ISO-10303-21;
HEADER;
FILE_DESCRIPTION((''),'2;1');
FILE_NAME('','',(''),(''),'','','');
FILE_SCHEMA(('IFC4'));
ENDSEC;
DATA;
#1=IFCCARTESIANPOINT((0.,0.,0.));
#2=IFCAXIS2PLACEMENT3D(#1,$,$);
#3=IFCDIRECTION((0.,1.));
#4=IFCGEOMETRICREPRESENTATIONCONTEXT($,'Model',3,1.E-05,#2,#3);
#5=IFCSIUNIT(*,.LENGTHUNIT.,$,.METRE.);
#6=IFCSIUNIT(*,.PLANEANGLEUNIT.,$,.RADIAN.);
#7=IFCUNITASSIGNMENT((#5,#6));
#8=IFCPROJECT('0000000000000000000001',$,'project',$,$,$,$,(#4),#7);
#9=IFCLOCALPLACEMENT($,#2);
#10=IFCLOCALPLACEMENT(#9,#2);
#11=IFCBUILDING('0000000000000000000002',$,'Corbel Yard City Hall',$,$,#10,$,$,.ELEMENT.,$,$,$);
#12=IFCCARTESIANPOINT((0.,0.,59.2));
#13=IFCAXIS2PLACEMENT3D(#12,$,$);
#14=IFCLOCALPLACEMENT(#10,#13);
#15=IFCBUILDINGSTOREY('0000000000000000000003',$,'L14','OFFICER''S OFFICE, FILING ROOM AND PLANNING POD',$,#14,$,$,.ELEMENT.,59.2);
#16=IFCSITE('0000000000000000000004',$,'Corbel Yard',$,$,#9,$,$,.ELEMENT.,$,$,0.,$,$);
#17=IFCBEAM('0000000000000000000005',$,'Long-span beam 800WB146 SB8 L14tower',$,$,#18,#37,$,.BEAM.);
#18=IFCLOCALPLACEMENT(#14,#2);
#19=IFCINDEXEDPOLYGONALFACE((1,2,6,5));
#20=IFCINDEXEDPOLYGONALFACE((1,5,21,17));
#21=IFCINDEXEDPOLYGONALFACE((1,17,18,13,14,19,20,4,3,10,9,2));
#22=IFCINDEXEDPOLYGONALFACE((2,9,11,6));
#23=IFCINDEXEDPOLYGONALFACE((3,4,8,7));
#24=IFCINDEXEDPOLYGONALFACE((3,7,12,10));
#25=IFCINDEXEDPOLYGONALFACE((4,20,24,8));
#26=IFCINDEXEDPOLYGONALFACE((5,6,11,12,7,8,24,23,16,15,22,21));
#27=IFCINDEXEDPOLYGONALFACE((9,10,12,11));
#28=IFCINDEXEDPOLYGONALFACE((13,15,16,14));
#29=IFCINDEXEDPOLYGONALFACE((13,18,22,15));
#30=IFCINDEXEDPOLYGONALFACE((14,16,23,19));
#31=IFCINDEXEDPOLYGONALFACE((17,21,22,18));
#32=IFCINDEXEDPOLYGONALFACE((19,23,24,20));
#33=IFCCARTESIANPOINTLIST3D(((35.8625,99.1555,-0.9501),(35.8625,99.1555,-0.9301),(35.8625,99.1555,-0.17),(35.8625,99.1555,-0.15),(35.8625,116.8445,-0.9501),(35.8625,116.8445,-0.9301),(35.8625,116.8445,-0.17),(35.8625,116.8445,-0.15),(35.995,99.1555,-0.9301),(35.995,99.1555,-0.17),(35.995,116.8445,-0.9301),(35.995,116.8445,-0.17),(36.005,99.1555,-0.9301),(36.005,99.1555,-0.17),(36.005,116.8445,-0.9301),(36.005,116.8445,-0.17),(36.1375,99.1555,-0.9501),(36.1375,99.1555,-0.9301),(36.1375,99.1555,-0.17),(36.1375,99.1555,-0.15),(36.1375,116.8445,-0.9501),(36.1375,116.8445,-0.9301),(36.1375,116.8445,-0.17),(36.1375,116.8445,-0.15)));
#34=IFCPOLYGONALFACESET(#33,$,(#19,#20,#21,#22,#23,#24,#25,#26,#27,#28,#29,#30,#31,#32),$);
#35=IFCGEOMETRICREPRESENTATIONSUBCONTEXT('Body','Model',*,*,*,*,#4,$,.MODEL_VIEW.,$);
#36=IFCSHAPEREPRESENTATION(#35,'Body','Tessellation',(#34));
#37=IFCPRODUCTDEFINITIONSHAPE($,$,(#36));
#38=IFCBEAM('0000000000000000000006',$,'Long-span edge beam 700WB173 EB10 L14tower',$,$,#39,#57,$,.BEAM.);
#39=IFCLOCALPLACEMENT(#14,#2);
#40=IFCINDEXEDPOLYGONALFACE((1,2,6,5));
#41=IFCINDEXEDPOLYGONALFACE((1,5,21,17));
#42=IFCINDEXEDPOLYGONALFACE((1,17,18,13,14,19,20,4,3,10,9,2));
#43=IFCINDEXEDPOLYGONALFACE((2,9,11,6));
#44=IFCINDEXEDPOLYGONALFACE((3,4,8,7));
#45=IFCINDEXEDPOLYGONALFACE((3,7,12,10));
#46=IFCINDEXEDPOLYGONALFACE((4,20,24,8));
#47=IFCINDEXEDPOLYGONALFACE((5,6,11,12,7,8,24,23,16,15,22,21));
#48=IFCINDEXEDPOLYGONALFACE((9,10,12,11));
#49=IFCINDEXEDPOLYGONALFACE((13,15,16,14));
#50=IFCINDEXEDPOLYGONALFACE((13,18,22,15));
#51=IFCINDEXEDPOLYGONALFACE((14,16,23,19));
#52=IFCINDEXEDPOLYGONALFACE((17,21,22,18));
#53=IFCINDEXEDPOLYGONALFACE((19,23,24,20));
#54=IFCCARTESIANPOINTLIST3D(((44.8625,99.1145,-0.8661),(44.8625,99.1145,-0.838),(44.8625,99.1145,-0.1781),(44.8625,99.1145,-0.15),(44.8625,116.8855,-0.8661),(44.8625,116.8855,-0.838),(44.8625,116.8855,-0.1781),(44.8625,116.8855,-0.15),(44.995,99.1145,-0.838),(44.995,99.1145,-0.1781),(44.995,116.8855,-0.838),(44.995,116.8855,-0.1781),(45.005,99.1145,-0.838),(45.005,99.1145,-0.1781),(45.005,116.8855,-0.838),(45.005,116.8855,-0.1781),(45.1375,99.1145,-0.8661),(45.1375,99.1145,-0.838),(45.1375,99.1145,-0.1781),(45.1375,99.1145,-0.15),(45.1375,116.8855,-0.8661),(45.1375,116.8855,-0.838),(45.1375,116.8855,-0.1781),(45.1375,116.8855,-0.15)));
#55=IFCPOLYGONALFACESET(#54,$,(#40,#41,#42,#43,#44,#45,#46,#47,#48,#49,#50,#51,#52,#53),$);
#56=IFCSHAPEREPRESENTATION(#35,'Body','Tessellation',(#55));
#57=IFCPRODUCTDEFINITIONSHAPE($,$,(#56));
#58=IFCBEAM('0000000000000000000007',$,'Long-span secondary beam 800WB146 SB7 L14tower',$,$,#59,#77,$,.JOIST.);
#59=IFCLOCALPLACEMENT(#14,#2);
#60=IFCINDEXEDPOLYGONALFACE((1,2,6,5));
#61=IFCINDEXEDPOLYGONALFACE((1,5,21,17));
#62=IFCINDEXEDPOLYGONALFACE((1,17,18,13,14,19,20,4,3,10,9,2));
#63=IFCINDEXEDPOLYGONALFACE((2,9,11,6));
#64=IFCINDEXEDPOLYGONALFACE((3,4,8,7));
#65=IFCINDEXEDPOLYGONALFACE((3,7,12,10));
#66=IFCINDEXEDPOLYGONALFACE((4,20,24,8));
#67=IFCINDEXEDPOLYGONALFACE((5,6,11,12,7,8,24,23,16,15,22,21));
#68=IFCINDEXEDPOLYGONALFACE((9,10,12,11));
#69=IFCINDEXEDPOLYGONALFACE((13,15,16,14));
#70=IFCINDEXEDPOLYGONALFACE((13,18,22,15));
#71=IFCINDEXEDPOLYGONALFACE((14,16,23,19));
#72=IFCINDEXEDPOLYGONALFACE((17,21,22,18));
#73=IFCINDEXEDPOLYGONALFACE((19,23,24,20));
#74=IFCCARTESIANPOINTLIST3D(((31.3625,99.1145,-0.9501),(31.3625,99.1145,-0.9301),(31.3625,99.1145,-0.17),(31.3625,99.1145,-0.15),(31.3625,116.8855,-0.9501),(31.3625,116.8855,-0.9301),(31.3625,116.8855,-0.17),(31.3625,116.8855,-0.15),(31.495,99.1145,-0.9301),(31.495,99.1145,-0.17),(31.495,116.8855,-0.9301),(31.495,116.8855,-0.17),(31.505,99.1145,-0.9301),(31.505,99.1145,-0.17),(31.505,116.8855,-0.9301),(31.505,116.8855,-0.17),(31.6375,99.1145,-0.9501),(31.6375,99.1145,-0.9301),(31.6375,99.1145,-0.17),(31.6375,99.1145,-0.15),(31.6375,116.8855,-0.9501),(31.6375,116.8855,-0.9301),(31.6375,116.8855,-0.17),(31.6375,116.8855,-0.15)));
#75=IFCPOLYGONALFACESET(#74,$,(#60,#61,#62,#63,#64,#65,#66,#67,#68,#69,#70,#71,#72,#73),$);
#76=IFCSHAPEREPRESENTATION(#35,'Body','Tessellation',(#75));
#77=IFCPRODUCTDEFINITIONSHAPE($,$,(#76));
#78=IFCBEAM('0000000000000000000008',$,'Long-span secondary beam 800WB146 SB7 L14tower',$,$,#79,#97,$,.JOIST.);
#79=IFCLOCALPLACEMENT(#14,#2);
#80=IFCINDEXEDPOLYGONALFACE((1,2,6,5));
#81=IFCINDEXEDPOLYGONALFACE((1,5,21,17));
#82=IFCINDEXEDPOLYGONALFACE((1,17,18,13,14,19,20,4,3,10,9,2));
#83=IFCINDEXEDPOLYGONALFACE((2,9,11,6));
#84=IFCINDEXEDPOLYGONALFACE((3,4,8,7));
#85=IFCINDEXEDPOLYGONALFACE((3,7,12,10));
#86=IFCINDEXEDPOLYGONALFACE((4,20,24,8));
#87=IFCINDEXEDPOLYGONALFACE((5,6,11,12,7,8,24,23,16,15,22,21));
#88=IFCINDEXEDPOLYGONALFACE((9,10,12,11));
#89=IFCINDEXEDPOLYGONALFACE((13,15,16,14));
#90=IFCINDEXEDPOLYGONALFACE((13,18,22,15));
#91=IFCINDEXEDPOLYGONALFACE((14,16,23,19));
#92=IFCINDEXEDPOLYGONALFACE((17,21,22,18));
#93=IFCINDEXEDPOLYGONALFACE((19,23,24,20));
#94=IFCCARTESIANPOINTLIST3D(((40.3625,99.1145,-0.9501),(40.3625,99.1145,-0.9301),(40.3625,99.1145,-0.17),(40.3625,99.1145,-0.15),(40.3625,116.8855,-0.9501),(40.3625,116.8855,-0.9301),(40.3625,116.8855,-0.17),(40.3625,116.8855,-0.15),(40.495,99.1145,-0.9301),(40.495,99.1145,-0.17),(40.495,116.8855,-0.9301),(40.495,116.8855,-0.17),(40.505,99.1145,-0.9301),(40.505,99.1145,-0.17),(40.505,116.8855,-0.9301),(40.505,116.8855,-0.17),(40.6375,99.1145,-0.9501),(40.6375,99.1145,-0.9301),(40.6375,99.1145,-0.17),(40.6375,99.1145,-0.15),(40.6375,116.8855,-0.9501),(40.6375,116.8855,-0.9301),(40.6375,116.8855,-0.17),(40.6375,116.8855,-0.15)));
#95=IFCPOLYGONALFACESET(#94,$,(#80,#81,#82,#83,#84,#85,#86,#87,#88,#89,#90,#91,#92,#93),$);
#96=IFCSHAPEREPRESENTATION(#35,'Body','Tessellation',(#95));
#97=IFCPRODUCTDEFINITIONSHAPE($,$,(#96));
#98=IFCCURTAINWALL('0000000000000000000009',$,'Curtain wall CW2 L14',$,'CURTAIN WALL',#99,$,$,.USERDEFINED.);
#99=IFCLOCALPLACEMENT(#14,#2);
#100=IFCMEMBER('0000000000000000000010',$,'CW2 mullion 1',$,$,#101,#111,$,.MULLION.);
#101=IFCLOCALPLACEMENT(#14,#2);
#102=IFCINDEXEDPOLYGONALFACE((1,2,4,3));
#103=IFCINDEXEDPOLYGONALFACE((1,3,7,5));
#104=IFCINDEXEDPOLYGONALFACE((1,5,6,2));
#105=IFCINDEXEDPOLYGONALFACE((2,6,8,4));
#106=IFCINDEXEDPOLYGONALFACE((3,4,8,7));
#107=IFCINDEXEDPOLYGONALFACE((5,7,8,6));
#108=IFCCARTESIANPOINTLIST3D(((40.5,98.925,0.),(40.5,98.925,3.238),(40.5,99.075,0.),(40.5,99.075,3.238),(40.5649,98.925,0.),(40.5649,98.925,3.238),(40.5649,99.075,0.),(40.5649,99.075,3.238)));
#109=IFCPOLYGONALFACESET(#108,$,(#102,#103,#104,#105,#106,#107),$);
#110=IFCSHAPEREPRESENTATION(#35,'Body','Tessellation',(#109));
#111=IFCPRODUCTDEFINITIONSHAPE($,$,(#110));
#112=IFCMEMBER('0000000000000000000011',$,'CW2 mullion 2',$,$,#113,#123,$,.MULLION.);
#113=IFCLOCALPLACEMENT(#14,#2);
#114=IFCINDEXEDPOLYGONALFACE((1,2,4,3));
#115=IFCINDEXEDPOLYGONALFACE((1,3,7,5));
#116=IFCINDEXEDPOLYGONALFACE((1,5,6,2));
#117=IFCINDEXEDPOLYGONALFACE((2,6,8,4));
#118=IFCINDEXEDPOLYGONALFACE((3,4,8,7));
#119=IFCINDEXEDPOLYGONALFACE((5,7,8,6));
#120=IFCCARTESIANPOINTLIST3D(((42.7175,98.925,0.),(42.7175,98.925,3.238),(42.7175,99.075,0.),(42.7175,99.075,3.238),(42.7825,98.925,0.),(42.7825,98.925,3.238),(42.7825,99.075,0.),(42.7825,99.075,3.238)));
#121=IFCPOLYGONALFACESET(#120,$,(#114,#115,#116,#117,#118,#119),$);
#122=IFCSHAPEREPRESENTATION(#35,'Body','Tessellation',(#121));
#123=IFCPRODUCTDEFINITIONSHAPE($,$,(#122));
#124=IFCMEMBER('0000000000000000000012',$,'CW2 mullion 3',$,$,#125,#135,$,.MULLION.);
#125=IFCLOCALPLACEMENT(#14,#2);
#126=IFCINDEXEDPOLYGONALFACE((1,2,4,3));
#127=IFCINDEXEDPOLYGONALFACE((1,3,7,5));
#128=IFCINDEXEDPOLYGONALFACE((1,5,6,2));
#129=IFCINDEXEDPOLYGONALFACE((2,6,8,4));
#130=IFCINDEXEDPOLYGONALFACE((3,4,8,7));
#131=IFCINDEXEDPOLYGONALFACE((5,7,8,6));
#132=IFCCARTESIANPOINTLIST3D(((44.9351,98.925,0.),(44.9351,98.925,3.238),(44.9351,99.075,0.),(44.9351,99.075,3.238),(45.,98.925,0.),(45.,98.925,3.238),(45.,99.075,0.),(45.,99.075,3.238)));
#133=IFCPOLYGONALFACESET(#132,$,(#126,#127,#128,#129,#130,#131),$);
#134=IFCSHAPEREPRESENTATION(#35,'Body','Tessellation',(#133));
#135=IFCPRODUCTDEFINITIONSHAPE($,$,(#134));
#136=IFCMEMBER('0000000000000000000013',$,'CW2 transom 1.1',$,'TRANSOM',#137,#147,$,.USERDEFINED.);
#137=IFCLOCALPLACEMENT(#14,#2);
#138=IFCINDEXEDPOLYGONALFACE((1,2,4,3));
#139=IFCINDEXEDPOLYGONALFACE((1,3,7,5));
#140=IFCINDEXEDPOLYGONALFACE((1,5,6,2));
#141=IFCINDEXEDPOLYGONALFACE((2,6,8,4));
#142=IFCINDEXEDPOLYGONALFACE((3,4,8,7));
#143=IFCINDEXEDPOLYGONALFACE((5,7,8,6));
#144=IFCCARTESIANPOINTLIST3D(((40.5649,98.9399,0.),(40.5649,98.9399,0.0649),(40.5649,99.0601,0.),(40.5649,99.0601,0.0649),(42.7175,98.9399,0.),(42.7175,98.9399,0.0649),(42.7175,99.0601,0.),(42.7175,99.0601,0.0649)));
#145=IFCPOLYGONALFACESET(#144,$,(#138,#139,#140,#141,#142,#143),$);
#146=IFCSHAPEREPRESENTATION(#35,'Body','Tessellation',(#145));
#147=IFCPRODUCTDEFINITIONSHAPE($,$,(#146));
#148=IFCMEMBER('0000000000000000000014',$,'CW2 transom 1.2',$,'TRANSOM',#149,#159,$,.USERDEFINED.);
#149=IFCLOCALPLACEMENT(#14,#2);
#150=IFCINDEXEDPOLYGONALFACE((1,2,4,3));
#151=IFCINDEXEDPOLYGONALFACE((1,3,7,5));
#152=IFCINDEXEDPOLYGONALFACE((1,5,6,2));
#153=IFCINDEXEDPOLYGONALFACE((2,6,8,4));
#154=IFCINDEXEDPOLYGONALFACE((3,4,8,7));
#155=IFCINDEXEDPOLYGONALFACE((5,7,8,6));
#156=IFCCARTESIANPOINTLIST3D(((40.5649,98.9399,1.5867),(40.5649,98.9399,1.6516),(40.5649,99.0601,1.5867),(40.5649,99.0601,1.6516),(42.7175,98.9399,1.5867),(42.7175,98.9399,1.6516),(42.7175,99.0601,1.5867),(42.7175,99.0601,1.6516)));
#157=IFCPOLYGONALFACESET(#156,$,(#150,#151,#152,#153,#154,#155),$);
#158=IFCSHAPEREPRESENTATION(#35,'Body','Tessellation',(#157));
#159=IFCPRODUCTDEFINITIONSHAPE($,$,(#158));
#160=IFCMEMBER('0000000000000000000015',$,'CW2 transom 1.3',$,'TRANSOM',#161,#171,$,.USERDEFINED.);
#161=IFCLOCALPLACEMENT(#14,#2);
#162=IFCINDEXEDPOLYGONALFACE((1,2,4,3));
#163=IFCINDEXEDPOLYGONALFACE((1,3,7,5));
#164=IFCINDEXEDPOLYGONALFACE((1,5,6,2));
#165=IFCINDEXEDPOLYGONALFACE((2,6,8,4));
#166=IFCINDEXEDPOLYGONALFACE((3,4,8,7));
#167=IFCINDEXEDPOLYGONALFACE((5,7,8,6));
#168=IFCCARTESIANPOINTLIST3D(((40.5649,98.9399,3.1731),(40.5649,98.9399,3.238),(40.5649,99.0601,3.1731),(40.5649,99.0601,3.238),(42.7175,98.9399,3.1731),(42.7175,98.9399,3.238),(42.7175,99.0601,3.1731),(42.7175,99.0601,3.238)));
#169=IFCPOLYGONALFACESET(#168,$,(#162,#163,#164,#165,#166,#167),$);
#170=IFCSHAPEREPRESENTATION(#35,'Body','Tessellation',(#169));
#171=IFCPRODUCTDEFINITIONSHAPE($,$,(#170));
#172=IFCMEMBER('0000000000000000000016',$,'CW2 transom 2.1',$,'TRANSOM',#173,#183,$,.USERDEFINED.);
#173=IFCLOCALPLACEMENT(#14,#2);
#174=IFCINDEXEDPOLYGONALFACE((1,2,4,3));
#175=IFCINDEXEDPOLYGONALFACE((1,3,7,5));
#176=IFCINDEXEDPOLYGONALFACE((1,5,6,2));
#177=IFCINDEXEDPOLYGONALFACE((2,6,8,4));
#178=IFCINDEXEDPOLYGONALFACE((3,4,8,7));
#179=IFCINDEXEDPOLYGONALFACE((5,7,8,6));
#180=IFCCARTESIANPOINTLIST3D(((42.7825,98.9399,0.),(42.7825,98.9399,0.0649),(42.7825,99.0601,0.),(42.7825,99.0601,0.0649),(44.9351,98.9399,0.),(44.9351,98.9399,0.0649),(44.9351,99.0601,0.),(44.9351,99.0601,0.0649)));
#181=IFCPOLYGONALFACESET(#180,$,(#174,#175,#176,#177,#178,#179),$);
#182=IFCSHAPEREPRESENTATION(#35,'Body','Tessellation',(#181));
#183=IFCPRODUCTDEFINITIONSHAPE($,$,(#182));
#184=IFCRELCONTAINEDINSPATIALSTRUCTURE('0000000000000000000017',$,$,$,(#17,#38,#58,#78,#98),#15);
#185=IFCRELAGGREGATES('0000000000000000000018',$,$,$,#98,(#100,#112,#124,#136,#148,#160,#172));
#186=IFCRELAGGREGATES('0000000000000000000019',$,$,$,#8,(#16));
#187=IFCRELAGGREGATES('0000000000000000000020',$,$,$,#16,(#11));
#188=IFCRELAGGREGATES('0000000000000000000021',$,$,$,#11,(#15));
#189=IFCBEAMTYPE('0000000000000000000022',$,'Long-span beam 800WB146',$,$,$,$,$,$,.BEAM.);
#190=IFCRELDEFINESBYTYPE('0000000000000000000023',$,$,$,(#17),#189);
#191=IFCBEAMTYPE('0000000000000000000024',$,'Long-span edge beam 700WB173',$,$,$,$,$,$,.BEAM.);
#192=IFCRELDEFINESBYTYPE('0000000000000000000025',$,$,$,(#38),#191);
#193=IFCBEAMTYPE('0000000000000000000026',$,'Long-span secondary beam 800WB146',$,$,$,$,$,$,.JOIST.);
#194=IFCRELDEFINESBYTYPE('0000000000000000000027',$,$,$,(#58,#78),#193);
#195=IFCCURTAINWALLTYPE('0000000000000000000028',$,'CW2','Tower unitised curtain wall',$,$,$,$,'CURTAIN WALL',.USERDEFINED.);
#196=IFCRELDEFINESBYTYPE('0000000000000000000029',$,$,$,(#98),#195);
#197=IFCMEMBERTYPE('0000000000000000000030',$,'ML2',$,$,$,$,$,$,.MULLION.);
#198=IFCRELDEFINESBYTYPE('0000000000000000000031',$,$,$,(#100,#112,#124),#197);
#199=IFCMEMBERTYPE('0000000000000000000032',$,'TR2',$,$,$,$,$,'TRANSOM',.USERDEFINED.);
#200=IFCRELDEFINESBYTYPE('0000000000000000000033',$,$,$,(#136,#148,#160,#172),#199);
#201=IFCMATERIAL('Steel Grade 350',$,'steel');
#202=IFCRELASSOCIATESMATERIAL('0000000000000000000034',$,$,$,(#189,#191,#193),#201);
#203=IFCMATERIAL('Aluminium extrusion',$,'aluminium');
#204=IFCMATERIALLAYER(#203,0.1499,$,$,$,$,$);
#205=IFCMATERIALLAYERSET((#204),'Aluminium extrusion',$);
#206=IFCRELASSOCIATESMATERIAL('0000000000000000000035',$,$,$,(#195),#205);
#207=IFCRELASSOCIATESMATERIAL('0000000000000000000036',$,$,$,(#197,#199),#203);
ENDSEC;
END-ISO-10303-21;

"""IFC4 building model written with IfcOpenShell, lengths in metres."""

from ifc_helpers import new_model, si_unit, direction, frame, origin, origin_2d, place, context, subcontext, project, spatial, rectangle, i_section, extrude, material, layer, layer_set, material_profile, profile_set, type_object, element, aggregate, save


model = new_model("IFC4")

# Units and contexts
model_context = context("Model", 3, precision=1e-05, world=origin(), true_north=direction((0.0, 1.0)))
body_context = subcontext(model_context, "Body", "Model", "MODEL_VIEW")
ifc_project = project(units=[si_unit("LENGTHUNIT", "METRE"), si_unit("PLANEANGLEUNIT", "RADIAN")], contexts=[model_context])

# Site, building, storey
site_placement = place(None, origin())
site = spatial("IfcSite", under=ifc_project, at=site_placement, Name="Corbel Yard", CompositionType="ELEMENT", RefElevation=0.0)
building_placement = place(site_placement, origin())
building = spatial("IfcBuilding", under=site, at=building_placement, Name="Corbel Yard City Hall", CompositionType="ELEMENT")
storey_placement = place(building_placement, frame((0.0, 0.0, 59.2)))
storey = spatial("IfcBuildingStorey", under=building, at=storey_placement, Name="L14", Description="OFFICER'S OFFICE, FILING ROOM AND PLANNING POD", CompositionType="ELEMENT", Elevation=59.2)

# Beams
ifc_material_1 = material(Name="Steel Grade 350", Category="steel")
ifc_material_profile_1 = material_profile(ifc_material_1, i_section(OverallWidth=0.2749, OverallDepth=0.8, WebThickness=0.01, FlangeThickness=0.02, at=origin_2d()), Name="800WB146")
ifc_profile_set_1 = profile_set([ifc_material_profile_1], Name="Steel Grade 350")
beam_type_1 = type_object("IfcBeamType", Name="Long-span beam 800WB146", PredefinedType="BEAM", material=ifc_profile_set_1)
beam_1_placement = place(storey_placement, frame((36.0, 99.1555, -0.55), z_axis=(0.0, 1.0, 0.0), x_axis=(-1.0, 0.0, 0.0)))
element("IfcBeam", 1, at=beam_1_placement, inside=storey, type_object=beam_type_1, Name="Long-span beam 800WB146 SB8 L14tower", PredefinedType="BEAM", context=body_context, shape_type="SweptSolid", body=[
    extrude(i_section(OverallWidth=0.2749, OverallDepth=0.8, WebThickness=0.01, FlangeThickness=0.02, at=origin_2d()), origin(), (0.0, 0.0, 1.0), 17.689),
])
ifc_material_profile_2 = material_profile(ifc_material_1, i_section(OverallWidth=0.2749, OverallDepth=0.7161, WebThickness=0.01, FlangeThickness=0.0281, at=origin_2d()), Name="700WB173")
ifc_profile_set_2 = profile_set([ifc_material_profile_2], Name="Steel Grade 350")
beam_type_2 = type_object("IfcBeamType", Name="Long-span edge beam 700WB173", PredefinedType="BEAM", material=ifc_profile_set_2)
beam_2_placement = place(storey_placement, frame((45.0, 99.1145, -0.5081), z_axis=(0.0, 1.0, 0.0), x_axis=(-1.0, 0.0, 0.0)))
element("IfcBeam", 2, at=beam_2_placement, inside=storey, type_object=beam_type_2, Name="Long-span edge beam 700WB173 EB10 L14tower", PredefinedType="BEAM", context=body_context, shape_type="SweptSolid", body=[
    extrude(i_section(OverallWidth=0.2749, OverallDepth=0.7161, WebThickness=0.01, FlangeThickness=0.0281, at=origin_2d()), origin(), (0.0, 0.0, 1.0), 17.771),
])
ifc_material_profile_3 = material_profile(ifc_material_1, i_section(OverallWidth=0.2749, OverallDepth=0.8, WebThickness=0.01, FlangeThickness=0.02, at=origin_2d()), Name="800WB146")
ifc_profile_set_3 = profile_set([ifc_material_profile_3], Name="Steel Grade 350")
beam_type_3 = type_object("IfcBeamType", Name="Long-span secondary beam 800WB146", PredefinedType="JOIST", material=ifc_profile_set_3)
for number, where, z_axis, x_axis, name in (
    (3, (31.5, 99.1145, -0.55), (0.0, 1.0, 0.0), (-1.0, 0.0, 0.0), "Long-span secondary beam 800WB146 SB7 L14tower"),
    (4, (40.5, 99.1145, -0.55), (0.0, 1.0, 0.0), (-1.0, 0.0, 0.0), "Long-span secondary beam 800WB146 SB7 L14tower"),
):
    element("IfcBeam", number, at=place(storey_placement, frame(where, z_axis=z_axis, x_axis=x_axis)), inside=storey, type_object=beam_type_3, Name=name, PredefinedType="JOIST", context=body_context, shape_type="SweptSolid", body=[
        extrude(i_section(OverallWidth=0.2749, OverallDepth=0.8, WebThickness=0.01, FlangeThickness=0.02, at=origin_2d()), origin(), (0.0, 0.0, 1.0), 17.771),
    ])

# Curtain wall, members
ifc_material_2 = material(Name="Aluminium extrusion", Category="aluminium")
ifc_layer_1 = layer(ifc_material_2, 0.1499)
ifc_layer_set_1 = layer_set([ifc_layer_1], Name="Aluminium extrusion")
curtain_wall_type = type_object("IfcCurtainWallType", Name="CW2", Description="Tower unitised curtain wall", ElementType="CURTAIN WALL", PredefinedType="USERDEFINED", material=ifc_layer_set_1)
curtain_wall_placement = place(storey_placement, origin())
curtain_wall = element("IfcCurtainWall", 5, at=curtain_wall_placement, inside=storey, type_object=curtain_wall_type, Name="Curtain wall CW2 L14", ObjectType="CURTAIN WALL", PredefinedType="USERDEFINED")
ifc_material_profile_4 = material_profile(ifc_material_2, rectangle(XDim=0.1499, YDim=0.0649, at=origin_2d()), Name="150x65")
ifc_profile_set_4 = profile_set([ifc_material_profile_4], Name="Aluminium extrusion")
member_type_1 = type_object("IfcMemberType", Name="ML2", PredefinedType="MULLION", material=ifc_profile_set_4)
member_1_placement = place(storey_placement, frame((40.5325, 99.0, 0.0), z_axis=(0.0, 0.0, 1.0), x_axis=(0.0, 1.0, 0.0)))
member_1 = element("IfcMember", 6, at=member_1_placement, type_object=member_type_1, Name="CW2 mullion 1", PredefinedType="MULLION", context=body_context, shape_type="SweptSolid", body=[
    extrude(rectangle(XDim=0.1499, YDim=0.0649, at=origin_2d()), origin(), (0.0, 0.0, 1.0), 3.238),
])
member_2_placement = place(storey_placement, frame((42.75, 99.0, 0.0), z_axis=(0.0, 0.0, 1.0), x_axis=(0.0, 1.0, 0.0)))
member_2 = element("IfcMember", 7, at=member_2_placement, type_object=member_type_1, Name="CW2 mullion 2", PredefinedType="MULLION", context=body_context, shape_type="SweptSolid", body=[
    extrude(rectangle(XDim=0.1499, YDim=0.0649, at=origin_2d()), origin(), (0.0, 0.0, 1.0), 3.238),
])
member_3_placement = place(storey_placement, frame((44.9675, 99.0, 0.0), z_axis=(0.0, 0.0, 1.0), x_axis=(0.0, 1.0, 0.0)))
member_3 = element("IfcMember", 8, at=member_3_placement, type_object=member_type_1, Name="CW2 mullion 3", PredefinedType="MULLION", context=body_context, shape_type="SweptSolid", body=[
    extrude(rectangle(XDim=0.1499, YDim=0.0649, at=origin_2d()), origin(), (0.0, 0.0, 1.0), 3.238),
])
ifc_material_profile_5 = material_profile(ifc_material_2, rectangle(XDim=0.1201, YDim=0.0649, at=origin_2d()), Name="120x65")
ifc_profile_set_5 = profile_set([ifc_material_profile_5], Name="Aluminium extrusion")
member_type_2 = type_object("IfcMemberType", Name="TR2", ElementType="TRANSOM", PredefinedType="USERDEFINED", material=ifc_profile_set_5)
member_4_placement = place(storey_placement, frame((40.5649, 99.0, 0.0325), z_axis=(1.0, 0.0, 0.0), x_axis=(0.0, 1.0, 0.0)))
member_4 = element("IfcMember", 9, at=member_4_placement, type_object=member_type_2, Name="CW2 transom 1.1", ObjectType="TRANSOM", PredefinedType="USERDEFINED", context=body_context, shape_type="SweptSolid", body=[
    extrude(rectangle(XDim=0.1201, YDim=0.0649, at=origin_2d()), origin(), (0.0, 0.0, 1.0), 2.1526),
])
member_5_placement = place(storey_placement, frame((40.5649, 99.0, 1.6191), z_axis=(1.0, 0.0, 0.0), x_axis=(0.0, 1.0, 0.0)))
member_5 = element("IfcMember", 10, at=member_5_placement, type_object=member_type_2, Name="CW2 transom 1.2", ObjectType="TRANSOM", PredefinedType="USERDEFINED", context=body_context, shape_type="SweptSolid", body=[
    extrude(rectangle(XDim=0.1201, YDim=0.0649, at=origin_2d()), origin(), (0.0, 0.0, 1.0), 2.1526),
])
member_6_placement = place(storey_placement, frame((40.5649, 99.0, 3.2056), z_axis=(1.0, 0.0, 0.0), x_axis=(0.0, 1.0, 0.0)))
member_6 = element("IfcMember", 11, at=member_6_placement, type_object=member_type_2, Name="CW2 transom 1.3", ObjectType="TRANSOM", PredefinedType="USERDEFINED", context=body_context, shape_type="SweptSolid", body=[
    extrude(rectangle(XDim=0.1201, YDim=0.0649, at=origin_2d()), origin(), (0.0, 0.0, 1.0), 2.1526),
])
member_7_placement = place(storey_placement, frame((42.7825, 99.0, 0.0325), z_axis=(1.0, 0.0, 0.0), x_axis=(0.0, 1.0, 0.0)))
member_7 = element("IfcMember", 12, at=member_7_placement, type_object=member_type_2, Name="CW2 transom 2.1", ObjectType="TRANSOM", PredefinedType="USERDEFINED", context=body_context, shape_type="SweptSolid", body=[
    extrude(rectangle(XDim=0.1201, YDim=0.0649, at=origin_2d()), origin(), (0.0, 0.0, 1.0), 2.1526),
])
aggregate(curtain_wall, [member_1, member_2, member_3, member_4, member_5, member_6, member_7])

save(model, "model.ifc")
